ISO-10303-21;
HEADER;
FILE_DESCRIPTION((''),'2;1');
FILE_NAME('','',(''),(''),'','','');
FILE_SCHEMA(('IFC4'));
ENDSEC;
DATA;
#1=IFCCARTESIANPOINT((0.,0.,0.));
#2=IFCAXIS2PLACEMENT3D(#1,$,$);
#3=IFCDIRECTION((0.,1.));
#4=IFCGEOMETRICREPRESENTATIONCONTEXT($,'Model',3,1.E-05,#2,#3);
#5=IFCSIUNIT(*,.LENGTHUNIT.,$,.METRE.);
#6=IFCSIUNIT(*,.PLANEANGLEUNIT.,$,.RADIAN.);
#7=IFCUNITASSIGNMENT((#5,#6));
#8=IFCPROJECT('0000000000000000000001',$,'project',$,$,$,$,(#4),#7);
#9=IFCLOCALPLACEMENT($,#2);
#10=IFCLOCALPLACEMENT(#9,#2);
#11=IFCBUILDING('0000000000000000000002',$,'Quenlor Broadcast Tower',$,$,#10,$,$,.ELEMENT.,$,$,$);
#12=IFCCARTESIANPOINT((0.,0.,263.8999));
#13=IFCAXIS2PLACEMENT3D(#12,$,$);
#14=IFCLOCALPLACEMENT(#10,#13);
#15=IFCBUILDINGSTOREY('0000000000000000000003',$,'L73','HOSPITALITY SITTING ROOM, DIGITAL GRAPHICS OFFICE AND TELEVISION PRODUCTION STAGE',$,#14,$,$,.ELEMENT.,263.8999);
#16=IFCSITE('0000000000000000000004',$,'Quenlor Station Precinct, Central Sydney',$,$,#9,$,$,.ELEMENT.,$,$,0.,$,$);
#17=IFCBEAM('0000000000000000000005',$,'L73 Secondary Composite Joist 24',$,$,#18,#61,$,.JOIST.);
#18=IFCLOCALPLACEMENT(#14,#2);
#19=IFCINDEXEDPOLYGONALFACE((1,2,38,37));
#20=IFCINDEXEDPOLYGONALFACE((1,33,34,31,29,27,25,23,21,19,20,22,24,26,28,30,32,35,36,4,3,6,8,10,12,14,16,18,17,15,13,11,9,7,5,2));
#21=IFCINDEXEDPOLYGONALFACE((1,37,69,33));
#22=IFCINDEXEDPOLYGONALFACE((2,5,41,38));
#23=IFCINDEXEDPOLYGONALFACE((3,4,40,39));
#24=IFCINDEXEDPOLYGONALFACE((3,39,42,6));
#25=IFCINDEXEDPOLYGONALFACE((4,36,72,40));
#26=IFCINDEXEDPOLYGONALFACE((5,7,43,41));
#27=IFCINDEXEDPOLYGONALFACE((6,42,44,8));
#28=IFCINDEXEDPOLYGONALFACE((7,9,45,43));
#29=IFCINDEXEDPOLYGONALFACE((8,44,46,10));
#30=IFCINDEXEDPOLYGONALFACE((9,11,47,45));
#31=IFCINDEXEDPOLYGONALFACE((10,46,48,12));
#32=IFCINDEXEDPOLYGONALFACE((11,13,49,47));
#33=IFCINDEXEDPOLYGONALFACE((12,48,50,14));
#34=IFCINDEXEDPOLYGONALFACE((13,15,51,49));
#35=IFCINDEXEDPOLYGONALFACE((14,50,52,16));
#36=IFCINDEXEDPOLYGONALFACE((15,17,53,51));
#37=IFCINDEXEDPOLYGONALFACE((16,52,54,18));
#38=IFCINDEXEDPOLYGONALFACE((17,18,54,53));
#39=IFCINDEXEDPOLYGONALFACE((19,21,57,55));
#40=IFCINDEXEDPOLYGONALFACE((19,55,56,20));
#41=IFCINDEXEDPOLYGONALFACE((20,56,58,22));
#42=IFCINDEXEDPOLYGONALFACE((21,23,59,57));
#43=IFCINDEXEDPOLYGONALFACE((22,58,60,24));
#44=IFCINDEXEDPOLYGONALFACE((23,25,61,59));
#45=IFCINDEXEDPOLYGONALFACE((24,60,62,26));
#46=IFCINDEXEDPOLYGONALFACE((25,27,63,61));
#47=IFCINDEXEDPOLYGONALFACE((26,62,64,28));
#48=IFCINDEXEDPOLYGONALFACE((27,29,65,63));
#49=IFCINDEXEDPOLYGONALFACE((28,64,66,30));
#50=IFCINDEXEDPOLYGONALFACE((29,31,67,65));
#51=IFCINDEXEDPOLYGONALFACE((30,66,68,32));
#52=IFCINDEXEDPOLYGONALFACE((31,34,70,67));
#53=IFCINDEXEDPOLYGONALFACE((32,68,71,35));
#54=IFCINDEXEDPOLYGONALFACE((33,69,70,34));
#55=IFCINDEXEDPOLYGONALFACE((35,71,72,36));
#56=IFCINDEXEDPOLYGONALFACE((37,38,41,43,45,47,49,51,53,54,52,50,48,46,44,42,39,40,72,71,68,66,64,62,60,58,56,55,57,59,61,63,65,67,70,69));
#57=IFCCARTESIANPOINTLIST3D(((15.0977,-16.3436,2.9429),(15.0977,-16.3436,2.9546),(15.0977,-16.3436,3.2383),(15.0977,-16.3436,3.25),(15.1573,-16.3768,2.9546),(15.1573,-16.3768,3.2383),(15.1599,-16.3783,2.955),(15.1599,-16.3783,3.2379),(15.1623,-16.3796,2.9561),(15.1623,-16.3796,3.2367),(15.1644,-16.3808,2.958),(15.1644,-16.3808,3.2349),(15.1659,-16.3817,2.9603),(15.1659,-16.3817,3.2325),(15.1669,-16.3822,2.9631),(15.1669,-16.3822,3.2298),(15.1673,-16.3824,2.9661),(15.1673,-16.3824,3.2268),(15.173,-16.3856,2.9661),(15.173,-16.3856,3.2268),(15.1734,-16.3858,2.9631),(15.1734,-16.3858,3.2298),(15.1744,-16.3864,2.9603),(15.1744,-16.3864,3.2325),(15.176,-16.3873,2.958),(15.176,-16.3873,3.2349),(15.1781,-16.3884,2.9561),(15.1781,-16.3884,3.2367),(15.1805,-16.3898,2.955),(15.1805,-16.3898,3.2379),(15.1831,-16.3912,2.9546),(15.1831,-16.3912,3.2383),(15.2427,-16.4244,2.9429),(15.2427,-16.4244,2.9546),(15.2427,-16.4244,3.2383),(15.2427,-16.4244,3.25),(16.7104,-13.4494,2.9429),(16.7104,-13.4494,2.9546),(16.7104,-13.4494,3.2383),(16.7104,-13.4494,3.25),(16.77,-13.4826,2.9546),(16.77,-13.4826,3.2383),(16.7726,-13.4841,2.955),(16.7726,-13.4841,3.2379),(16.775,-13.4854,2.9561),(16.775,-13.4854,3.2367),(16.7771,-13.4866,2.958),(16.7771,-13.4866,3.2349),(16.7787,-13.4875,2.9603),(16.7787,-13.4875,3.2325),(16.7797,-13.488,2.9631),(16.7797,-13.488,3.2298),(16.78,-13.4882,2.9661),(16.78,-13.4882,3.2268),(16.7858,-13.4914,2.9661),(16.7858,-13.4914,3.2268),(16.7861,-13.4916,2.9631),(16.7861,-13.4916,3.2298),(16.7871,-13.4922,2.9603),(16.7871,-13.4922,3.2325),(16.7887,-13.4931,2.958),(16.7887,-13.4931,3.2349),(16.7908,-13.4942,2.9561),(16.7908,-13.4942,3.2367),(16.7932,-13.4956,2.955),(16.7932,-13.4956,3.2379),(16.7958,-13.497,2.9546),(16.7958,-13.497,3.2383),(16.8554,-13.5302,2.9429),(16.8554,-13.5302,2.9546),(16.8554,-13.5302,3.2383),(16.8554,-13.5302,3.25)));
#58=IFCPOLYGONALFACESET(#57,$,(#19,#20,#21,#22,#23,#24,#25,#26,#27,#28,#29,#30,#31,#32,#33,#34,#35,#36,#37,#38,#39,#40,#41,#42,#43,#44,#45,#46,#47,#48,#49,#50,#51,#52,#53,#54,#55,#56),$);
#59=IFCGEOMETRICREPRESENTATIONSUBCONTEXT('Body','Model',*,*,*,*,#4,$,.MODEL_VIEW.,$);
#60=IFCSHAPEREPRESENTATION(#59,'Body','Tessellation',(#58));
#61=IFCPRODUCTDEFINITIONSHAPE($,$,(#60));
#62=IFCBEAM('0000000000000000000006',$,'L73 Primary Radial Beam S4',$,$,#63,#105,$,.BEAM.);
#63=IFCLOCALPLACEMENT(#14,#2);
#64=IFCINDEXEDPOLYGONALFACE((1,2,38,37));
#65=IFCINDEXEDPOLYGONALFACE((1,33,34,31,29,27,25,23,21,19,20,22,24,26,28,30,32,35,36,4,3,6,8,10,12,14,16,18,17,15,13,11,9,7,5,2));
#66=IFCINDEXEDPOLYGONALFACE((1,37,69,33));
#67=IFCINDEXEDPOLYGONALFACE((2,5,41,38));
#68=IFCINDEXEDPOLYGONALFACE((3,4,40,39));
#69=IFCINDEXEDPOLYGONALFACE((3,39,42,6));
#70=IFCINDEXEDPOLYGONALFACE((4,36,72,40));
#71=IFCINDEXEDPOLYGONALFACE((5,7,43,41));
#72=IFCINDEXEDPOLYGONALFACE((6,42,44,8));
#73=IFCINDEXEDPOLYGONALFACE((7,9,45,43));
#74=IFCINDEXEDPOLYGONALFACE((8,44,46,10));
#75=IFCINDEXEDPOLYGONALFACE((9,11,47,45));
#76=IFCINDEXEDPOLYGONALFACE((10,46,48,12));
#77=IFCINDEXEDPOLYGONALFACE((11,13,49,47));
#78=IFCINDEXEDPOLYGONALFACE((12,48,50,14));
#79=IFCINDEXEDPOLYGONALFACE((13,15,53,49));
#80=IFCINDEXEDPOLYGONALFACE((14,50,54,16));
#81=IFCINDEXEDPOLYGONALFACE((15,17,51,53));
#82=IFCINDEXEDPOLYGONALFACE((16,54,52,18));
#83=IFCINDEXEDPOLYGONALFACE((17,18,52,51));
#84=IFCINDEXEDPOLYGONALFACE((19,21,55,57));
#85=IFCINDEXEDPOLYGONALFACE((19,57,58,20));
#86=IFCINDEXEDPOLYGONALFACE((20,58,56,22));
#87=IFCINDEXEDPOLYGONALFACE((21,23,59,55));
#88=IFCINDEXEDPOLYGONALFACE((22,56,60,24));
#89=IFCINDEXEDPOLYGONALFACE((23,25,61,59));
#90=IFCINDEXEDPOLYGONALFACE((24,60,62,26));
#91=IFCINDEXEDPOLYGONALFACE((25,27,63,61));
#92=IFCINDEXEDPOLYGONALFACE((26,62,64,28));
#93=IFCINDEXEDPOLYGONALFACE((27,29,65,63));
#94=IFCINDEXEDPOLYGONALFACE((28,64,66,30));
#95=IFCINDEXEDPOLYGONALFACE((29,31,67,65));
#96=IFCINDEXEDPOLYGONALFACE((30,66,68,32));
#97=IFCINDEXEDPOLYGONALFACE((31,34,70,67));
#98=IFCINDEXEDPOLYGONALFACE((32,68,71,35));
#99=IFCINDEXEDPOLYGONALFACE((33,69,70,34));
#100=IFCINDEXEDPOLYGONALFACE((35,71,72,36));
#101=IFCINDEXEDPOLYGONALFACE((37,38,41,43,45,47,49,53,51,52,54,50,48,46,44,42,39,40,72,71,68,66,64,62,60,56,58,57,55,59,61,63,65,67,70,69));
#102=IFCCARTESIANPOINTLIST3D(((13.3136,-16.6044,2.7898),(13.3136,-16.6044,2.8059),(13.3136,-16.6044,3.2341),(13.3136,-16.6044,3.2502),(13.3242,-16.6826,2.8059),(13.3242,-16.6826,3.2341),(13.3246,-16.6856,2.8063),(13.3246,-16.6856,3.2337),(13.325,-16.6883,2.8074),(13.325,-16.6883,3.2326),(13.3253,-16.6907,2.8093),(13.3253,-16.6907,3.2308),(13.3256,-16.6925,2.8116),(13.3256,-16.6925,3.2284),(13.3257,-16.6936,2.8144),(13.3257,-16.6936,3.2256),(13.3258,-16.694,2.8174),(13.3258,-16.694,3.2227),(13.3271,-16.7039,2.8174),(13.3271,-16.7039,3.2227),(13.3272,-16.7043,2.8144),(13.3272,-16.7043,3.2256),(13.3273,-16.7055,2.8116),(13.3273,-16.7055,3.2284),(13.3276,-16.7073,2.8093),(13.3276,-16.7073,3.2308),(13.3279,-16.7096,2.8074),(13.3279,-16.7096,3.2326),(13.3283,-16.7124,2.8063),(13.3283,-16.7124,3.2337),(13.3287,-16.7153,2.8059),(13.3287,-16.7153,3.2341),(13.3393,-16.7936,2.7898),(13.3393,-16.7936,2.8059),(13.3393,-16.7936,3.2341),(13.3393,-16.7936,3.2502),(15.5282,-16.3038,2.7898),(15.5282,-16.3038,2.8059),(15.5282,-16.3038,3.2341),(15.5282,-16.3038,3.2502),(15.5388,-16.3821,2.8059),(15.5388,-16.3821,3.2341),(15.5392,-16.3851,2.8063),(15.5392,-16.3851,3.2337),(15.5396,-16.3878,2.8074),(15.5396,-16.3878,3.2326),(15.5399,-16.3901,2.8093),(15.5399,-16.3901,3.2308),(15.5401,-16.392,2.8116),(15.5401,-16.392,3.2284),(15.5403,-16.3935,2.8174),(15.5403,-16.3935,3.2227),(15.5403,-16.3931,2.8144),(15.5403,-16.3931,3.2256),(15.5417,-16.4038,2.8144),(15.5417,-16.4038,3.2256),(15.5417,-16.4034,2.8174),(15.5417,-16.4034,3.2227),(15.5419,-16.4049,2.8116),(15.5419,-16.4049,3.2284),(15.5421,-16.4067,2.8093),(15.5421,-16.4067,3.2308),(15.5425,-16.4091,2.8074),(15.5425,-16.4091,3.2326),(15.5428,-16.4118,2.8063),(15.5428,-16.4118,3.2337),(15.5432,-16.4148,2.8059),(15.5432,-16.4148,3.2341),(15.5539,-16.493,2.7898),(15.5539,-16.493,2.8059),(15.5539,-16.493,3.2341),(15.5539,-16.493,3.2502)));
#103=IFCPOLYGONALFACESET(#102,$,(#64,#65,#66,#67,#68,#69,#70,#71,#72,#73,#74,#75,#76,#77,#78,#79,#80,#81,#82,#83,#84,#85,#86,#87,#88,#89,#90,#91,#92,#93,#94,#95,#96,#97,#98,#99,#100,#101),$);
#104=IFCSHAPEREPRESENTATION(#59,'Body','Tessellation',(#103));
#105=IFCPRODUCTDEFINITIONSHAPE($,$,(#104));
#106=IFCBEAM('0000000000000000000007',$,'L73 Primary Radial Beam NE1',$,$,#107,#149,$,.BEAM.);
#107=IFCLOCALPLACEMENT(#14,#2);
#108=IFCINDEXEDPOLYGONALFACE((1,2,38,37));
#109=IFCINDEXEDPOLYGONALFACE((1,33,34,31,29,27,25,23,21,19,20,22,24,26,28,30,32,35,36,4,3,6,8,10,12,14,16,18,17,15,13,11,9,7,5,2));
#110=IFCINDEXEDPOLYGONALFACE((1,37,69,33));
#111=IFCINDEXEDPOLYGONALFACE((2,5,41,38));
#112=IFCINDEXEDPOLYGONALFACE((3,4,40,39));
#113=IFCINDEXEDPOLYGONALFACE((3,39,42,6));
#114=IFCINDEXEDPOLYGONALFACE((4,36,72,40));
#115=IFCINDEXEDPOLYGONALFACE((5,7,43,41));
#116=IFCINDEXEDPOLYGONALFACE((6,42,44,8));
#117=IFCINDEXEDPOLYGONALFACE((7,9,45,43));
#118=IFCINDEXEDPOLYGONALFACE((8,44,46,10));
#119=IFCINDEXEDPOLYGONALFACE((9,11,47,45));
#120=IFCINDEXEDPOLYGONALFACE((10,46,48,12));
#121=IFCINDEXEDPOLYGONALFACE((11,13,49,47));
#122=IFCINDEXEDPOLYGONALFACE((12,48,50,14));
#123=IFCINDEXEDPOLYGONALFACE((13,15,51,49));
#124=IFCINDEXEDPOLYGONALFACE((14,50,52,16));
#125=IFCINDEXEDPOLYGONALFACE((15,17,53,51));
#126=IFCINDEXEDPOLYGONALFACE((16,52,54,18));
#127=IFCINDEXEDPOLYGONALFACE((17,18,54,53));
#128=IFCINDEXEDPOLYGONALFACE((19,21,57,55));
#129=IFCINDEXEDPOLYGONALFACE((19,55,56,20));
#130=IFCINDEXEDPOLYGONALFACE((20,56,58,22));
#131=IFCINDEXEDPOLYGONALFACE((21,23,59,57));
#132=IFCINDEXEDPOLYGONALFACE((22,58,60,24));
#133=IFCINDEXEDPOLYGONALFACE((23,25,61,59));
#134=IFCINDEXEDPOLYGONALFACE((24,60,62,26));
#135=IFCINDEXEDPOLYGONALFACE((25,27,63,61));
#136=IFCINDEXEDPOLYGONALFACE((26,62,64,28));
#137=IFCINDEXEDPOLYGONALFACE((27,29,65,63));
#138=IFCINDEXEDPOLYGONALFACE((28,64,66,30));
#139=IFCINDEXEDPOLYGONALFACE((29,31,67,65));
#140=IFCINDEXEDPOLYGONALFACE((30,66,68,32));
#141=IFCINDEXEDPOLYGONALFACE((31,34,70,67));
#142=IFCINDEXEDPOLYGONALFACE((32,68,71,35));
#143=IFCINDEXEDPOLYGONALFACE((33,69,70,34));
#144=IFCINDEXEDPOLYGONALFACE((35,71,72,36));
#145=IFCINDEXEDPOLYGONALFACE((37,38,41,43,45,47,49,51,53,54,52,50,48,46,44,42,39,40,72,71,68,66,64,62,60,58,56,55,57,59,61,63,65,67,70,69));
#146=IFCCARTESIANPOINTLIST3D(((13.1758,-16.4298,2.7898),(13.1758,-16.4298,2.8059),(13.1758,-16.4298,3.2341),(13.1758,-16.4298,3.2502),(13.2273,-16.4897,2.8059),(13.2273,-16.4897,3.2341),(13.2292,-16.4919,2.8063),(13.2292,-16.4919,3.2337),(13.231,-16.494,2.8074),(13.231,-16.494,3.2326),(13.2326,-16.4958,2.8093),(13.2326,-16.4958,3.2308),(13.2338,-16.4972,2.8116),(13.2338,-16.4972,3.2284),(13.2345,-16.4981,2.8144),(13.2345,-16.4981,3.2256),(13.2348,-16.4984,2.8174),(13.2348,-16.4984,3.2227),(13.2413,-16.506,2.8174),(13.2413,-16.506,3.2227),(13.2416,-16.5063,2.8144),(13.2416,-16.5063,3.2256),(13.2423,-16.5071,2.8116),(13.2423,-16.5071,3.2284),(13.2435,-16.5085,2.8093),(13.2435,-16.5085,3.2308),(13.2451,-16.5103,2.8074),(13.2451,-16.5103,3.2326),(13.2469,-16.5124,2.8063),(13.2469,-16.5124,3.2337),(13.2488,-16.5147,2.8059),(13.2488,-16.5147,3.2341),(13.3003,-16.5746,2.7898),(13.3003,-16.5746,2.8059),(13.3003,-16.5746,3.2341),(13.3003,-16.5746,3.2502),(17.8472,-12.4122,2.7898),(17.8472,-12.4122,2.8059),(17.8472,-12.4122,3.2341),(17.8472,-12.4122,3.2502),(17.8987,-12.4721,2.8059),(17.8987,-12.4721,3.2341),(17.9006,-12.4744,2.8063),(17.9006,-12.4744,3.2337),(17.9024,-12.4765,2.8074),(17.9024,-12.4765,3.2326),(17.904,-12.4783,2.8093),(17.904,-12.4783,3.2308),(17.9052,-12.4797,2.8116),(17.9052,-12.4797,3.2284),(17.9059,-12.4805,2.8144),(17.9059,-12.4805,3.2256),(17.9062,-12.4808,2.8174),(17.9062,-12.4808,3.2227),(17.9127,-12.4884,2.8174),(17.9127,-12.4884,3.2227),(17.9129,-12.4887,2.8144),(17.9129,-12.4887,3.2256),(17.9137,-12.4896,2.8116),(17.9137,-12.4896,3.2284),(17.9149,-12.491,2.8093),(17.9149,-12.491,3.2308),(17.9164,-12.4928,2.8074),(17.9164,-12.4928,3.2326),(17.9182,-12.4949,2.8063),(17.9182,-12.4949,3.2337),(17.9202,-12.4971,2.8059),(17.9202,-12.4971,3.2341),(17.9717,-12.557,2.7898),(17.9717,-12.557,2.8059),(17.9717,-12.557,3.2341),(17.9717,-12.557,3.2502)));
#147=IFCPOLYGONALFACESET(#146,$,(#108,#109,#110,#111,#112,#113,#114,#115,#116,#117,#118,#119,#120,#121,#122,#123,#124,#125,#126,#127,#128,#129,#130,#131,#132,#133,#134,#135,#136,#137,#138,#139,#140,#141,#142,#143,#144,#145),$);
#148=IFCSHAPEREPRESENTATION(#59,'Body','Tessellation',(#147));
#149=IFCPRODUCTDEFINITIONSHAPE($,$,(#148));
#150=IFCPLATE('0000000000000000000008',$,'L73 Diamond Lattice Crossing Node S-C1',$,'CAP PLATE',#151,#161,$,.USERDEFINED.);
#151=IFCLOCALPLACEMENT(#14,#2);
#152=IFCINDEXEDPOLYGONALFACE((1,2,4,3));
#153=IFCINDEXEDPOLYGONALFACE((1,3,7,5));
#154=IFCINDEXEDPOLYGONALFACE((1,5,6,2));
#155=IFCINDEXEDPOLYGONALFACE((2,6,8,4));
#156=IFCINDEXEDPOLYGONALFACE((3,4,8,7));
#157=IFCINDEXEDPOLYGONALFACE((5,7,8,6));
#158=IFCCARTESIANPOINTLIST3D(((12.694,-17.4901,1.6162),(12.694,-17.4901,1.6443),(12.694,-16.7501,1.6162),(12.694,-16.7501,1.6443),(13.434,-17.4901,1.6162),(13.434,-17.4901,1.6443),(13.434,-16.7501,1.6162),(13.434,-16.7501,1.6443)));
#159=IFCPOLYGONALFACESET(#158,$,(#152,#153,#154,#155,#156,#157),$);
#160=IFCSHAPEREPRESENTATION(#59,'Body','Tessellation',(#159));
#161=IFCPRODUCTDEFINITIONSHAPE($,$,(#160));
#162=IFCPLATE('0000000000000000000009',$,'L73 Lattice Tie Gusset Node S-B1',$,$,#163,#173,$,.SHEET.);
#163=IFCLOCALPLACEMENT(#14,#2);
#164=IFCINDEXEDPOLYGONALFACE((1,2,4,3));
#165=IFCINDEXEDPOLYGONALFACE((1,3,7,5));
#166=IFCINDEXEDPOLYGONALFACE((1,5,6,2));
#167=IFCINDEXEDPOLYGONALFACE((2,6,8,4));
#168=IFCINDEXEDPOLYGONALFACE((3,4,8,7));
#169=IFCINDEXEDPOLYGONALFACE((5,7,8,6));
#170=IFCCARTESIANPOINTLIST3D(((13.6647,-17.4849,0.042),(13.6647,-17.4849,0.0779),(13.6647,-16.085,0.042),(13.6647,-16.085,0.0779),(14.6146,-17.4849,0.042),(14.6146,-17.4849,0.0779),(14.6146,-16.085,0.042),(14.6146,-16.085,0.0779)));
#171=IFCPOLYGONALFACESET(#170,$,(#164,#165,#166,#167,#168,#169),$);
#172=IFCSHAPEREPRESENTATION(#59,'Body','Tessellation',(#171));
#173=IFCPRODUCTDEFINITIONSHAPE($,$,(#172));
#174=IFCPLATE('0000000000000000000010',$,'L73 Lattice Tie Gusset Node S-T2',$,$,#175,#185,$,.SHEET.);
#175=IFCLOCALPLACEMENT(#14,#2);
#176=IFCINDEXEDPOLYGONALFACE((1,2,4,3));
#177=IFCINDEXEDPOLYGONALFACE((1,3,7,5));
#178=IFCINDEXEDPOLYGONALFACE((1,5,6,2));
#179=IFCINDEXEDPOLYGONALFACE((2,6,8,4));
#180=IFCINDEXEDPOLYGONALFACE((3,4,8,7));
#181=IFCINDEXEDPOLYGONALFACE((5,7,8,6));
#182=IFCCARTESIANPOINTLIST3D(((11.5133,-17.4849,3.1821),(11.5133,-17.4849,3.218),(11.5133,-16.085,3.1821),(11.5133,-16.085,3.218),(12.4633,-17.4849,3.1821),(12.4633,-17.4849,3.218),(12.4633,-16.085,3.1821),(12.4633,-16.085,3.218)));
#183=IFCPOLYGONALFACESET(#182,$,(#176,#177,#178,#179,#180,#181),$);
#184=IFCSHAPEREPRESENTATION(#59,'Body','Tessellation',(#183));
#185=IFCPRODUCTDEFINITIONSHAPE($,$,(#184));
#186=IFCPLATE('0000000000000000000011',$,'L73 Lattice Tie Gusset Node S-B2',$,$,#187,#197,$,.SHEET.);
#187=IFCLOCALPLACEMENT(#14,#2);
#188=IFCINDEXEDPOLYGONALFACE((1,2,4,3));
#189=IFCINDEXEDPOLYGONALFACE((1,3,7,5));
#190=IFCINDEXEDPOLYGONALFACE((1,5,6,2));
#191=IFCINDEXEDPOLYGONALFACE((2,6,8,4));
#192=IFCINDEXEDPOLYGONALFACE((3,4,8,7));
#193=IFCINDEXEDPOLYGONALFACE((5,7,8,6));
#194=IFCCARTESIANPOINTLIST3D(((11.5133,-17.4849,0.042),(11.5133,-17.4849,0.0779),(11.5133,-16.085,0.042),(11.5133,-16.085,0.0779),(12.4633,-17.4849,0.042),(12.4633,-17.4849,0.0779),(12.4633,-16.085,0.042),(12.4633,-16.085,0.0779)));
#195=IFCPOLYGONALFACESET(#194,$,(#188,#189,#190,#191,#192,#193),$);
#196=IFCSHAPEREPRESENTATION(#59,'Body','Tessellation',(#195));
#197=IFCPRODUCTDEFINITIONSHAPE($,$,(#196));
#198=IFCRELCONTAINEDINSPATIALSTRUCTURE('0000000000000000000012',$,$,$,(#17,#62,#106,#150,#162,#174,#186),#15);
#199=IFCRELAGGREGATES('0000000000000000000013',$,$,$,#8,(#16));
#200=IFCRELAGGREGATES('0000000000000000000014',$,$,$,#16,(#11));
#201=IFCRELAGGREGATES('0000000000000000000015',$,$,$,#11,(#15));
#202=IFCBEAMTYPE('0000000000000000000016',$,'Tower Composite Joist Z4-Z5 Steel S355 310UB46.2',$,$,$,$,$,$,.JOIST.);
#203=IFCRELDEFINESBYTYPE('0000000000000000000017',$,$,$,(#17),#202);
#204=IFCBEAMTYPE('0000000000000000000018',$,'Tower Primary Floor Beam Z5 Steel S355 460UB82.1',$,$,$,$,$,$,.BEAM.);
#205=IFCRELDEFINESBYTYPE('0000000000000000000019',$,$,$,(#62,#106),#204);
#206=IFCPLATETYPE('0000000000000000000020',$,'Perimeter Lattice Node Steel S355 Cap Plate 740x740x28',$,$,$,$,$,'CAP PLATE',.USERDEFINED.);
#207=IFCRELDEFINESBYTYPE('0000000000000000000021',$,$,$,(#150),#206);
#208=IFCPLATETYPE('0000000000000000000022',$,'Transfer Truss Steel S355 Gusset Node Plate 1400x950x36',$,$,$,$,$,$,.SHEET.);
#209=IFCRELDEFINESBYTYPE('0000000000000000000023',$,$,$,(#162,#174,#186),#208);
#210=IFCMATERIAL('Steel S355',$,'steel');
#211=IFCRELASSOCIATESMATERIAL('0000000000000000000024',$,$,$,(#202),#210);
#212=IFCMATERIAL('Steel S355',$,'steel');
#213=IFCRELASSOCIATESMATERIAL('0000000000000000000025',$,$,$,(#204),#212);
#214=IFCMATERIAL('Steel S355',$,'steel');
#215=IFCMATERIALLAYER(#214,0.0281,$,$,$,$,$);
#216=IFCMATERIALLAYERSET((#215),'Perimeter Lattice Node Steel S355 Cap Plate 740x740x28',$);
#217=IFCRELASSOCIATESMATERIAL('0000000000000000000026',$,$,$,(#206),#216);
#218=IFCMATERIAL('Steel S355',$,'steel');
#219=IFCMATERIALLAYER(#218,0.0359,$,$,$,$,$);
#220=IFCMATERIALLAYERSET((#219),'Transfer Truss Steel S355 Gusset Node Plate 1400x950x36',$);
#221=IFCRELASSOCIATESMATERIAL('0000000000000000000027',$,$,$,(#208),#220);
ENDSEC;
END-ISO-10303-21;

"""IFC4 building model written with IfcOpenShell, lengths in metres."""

from ifc_helpers import new_model, si_unit, direction, frame, origin, origin_2d, place, context, subcontext, project, spatial, rectangle, i_section, extrude, material, layer, layer_set, material_profile, profile_set, type_object, element, save


model = new_model("IFC4")

# Units and contexts
model_context = context("Model", 3, precision=1e-05, world=origin(), true_north=direction((0.0, 1.0)))
body_context = subcontext(model_context, "Body", "Model", "MODEL_VIEW")
ifc_project = project(units=[si_unit("LENGTHUNIT", "METRE"), si_unit("PLANEANGLEUNIT", "RADIAN")], contexts=[model_context])

# Site, building, storey
site_placement = place(None, origin())
site = spatial("IfcSite", under=ifc_project, at=site_placement, Name="Quenlor Station Precinct, Central Sydney", CompositionType="ELEMENT", RefElevation=0.0)
building_placement = place(site_placement, origin())
building = spatial("IfcBuilding", under=site, at=building_placement, Name="Quenlor Broadcast Tower", CompositionType="ELEMENT")
storey_placement = place(building_placement, frame((0.0, 0.0, 263.8999)))
storey = spatial("IfcBuildingStorey", under=building, at=storey_placement, Name="L73", Description="HOSPITALITY SITTING ROOM, DIGITAL GRAPHICS OFFICE AND TELEVISION PRODUCTION STAGE", CompositionType="ELEMENT", Elevation=263.8999)

# Beams
ifc_material_1 = material(Name="Steel S355", Category="steel")
ifc_material_profile_1 = material_profile(ifc_material_1, i_section(OverallWidth=0.166, OverallDepth=0.3071, WebThickness=0.0066, FlangeThickness=0.0117, FilletRadius=0.0115, at=origin_2d()))
ifc_profile_set_1 = profile_set([ifc_material_profile_1], Name="Steel S355 310UB46.2")
beam_type_1 = type_object("IfcBeamType", Name="Tower Composite Joist Z4-Z5 Steel S355 310UB46.2", PredefinedType="JOIST", material=ifc_profile_set_1)
beam_1_placement = place(storey_placement, frame((15.1702, -16.384, 3.0964), z_axis=(0.486762, 0.873534, 0.0), x_axis=(-0.873534, 0.486762, 0.0)))
element("IfcBeam", 1, at=beam_1_placement, inside=storey, type_object=beam_type_1, Name="L73 Secondary Composite Joist 24", PredefinedType="JOIST", context=body_context, shape_type="SweptSolid", body=[
    extrude(i_section(OverallWidth=0.166, OverallDepth=0.3071, WebThickness=0.0066, FlangeThickness=0.0117, FilletRadius=0.0115, at=origin_2d()), origin(), (0.0, 0.0, 1.0), 3.3132),
])
ifc_material_2 = material(Name="Steel S355", Category="steel")
ifc_material_profile_2 = material_profile(ifc_material_2, i_section(OverallWidth=0.1909, OverallDepth=0.4604, WebThickness=0.01, FlangeThickness=0.0161, FilletRadius=0.0115, at=origin_2d()))
ifc_profile_set_2 = profile_set([ifc_material_profile_2], Name="Steel S355 460UB82.1")
beam_type_2 = type_object("IfcBeamType", Name="Tower Primary Floor Beam Z5 Steel S355 460UB82.1", PredefinedType="BEAM", material=ifc_profile_set_2)
beam_2_placement = place(storey_placement, frame((15.541, -16.3984, 3.02), z_axis=(-0.990917, -0.134475, 0.0), x_axis=(0.134475, -0.990917, 0.0)))
element("IfcBeam", 2, at=beam_2_placement, inside=storey, type_object=beam_type_2, Name="L73 Primary Radial Beam S4", PredefinedType="BEAM", context=body_context, shape_type="SweptSolid", body=[
    extrude(i_section(OverallWidth=0.1909, OverallDepth=0.4604, WebThickness=0.01, FlangeThickness=0.0161, FilletRadius=0.0115, at=origin_2d()), origin(), (0.0, 0.0, 1.0), 2.2349),
])
beam_3_placement = place(storey_placement, frame((17.9094, -12.4846, 3.02), z_axis=(-0.75817, -0.652057, 0.0), x_axis=(0.652057, -0.75817, 0.0)))
element("IfcBeam", 3, at=beam_3_placement, inside=storey, type_object=beam_type_2, Name="L73 Primary Radial Beam NE1", PredefinedType="BEAM", context=body_context, shape_type="SweptSolid", body=[
    extrude(i_section(OverallWidth=0.1909, OverallDepth=0.4604, WebThickness=0.01, FlangeThickness=0.0161, FilletRadius=0.0115, at=origin_2d()), origin(), (0.0, 0.0, 1.0), 6.1614),
])

# Plates
ifc_material_3 = material(Name="Steel S355", Category="steel")
ifc_layer_1 = layer(ifc_material_3, 0.0281)
ifc_layer_set_1 = layer_set([ifc_layer_1], Name="Perimeter Lattice Node Steel S355 Cap Plate 740x740x28")
plate_type_1 = type_object("IfcPlateType", Name="Perimeter Lattice Node Steel S355 Cap Plate 740x740x28", ElementType="CAP PLATE", PredefinedType="USERDEFINED", material=ifc_layer_set_1)
plate_placement = place(storey_placement, frame((13.064, -17.1201, 1.6162), z_axis=(0.0, 0.0, 1.0), x_axis=(-1.0, 0.0, 0.0)))
element("IfcPlate", 4, at=plate_placement, inside=storey, type_object=plate_type_1, Name="L73 Diamond Lattice Crossing Node S-C1", ObjectType="CAP PLATE", PredefinedType="USERDEFINED", context=body_context, shape_type="SweptSolid", body=[
    extrude(rectangle(XDim=0.74, YDim=0.74, at=origin_2d()), origin(), (0.0, 0.0, 1.0), 0.0281),
])
ifc_material_4 = material(Name="Steel S355", Category="steel")
ifc_layer_2 = layer(ifc_material_4, 0.0359)
ifc_layer_set_2 = layer_set([ifc_layer_2], Name="Transfer Truss Steel S355 Gusset Node Plate 1400x950x36")
plate_type_2 = type_object("IfcPlateType", Name="Transfer Truss Steel S355 Gusset Node Plate 1400x950x36", PredefinedType="SHEET", material=ifc_layer_set_2)
for number, where, z_axis, x_axis, name in (
    (5, (14.1396, -16.7849, 0.042), (0.0, 0.0, 1.0), (0.0, -1.0, 0.0), "L73 Lattice Tie Gusset Node S-B1"),
    (6, (11.9883, -16.7849, 3.1821), (0.0, 0.0, 1.0), (0.0, -1.0, 0.0), "L73 Lattice Tie Gusset Node S-T2"),
    (7, (11.9883, -16.7849, 0.042), (0.0, 0.0, 1.0), (0.0, -1.0, 0.0), "L73 Lattice Tie Gusset Node S-B2"),
):
    element("IfcPlate", number, at=place(storey_placement, frame(where, z_axis=z_axis, x_axis=x_axis)), inside=storey, type_object=plate_type_2, Name=name, PredefinedType="SHEET", context=body_context, shape_type="SweptSolid", body=[
        extrude(rectangle(XDim=1.3999, YDim=0.95, at=origin_2d()), origin(), (0.0, 0.0, 1.0), 0.0359),
    ])

save(model, "model.ifc")
